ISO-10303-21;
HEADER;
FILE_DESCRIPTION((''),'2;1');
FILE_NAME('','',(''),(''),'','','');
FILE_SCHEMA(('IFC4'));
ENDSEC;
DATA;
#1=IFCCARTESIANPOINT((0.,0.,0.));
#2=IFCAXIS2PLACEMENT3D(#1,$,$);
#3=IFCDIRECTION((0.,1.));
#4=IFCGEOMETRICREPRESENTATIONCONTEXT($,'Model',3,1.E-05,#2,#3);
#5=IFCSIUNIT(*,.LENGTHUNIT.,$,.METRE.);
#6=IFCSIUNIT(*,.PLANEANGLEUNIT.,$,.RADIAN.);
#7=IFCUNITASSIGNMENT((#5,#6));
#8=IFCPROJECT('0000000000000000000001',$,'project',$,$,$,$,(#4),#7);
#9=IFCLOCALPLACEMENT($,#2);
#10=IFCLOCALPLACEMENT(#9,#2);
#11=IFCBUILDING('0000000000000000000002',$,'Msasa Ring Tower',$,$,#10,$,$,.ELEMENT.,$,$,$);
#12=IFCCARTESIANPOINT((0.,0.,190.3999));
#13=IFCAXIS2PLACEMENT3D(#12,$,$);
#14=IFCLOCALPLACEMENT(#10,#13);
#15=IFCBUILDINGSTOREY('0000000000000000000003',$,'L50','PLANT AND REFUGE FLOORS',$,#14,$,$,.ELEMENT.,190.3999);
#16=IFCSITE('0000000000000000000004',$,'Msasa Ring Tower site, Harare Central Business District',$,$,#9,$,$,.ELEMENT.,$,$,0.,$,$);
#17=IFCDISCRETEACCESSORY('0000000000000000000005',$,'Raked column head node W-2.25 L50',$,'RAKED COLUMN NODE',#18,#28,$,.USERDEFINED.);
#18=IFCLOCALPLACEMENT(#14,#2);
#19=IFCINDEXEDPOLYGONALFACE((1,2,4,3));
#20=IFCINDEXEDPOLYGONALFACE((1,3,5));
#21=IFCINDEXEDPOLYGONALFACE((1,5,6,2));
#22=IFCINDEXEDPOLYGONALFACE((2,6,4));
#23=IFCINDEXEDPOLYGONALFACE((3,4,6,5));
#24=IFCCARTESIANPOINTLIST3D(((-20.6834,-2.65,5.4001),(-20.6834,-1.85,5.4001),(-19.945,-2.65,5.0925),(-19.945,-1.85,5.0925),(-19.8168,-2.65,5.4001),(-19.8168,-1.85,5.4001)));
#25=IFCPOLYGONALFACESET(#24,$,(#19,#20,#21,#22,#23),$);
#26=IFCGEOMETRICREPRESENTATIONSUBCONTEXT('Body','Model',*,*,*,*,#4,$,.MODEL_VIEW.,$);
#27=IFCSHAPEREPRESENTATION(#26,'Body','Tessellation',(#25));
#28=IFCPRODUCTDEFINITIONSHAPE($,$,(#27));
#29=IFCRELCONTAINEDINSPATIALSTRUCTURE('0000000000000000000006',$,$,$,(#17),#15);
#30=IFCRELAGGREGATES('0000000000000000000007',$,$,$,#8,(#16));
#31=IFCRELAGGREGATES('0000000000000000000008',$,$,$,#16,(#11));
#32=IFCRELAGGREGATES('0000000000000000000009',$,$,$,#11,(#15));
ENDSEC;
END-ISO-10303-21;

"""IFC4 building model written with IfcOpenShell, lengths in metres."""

from ifc_helpers import new_model, si_unit, direction, frame, origin, origin_2d, place, context, subcontext, project, spatial, rectangle, extrude, clip, halfspace, element, save


model = new_model("IFC4")

# Units and contexts
model_context = context("Model", 3, precision=1e-05, world=origin(), true_north=direction((0.0, 1.0)))
body_context = subcontext(model_context, "Body", "Model", "MODEL_VIEW")
ifc_project = project(units=[si_unit("LENGTHUNIT", "METRE"), si_unit("PLANEANGLEUNIT", "RADIAN")], contexts=[model_context])

# Site, building, storey
site_placement = place(None, origin())
site = spatial("IfcSite", under=ifc_project, at=site_placement, Name="Msasa Ring Tower site, Harare Central Business District", CompositionType="ELEMENT", RefElevation=0.0)
building_placement = place(site_placement, origin())
building = spatial("IfcBuilding", under=site, at=building_placement, Name="Msasa Ring Tower", CompositionType="ELEMENT")
storey_placement = place(building_placement, frame((0.0, 0.0, 190.3999)))
storey = spatial("IfcBuildingStorey", under=building, at=storey_placement, Name="L50", Description="PLANT AND REFUGE FLOORS", CompositionType="ELEMENT", Elevation=190.3999)

# Discrete accessory
discrete_accessory_1_placement = place(storey_placement, frame((-20.25, -2.25, 5.4001)))
element("IfcDiscreteAccessory", 1, at=discrete_accessory_1_placement, inside=storey, Name="Raked column head node W-2.25 L50", ObjectType="RAKED COLUMN NODE", PredefinedType="USERDEFINED", context=body_context, shape_type="Clipping", body=[
    clip(extrude(rectangle(XDim=0.8, YDim=0.8, at=origin_2d()), frame((-0.0642, 0.0, -0.1538), z_axis=(0.384615, 0.0, 0.923077), x_axis=(0.0, 1.0, 0.0)), (0.0, 0.0, 1.0), 0.3335), halfspace(frame((0.0, 0.0, 0.0), z_axis=(0.0, 0.0, -1.0)), True)),
])

save(model, "model.ifc")
